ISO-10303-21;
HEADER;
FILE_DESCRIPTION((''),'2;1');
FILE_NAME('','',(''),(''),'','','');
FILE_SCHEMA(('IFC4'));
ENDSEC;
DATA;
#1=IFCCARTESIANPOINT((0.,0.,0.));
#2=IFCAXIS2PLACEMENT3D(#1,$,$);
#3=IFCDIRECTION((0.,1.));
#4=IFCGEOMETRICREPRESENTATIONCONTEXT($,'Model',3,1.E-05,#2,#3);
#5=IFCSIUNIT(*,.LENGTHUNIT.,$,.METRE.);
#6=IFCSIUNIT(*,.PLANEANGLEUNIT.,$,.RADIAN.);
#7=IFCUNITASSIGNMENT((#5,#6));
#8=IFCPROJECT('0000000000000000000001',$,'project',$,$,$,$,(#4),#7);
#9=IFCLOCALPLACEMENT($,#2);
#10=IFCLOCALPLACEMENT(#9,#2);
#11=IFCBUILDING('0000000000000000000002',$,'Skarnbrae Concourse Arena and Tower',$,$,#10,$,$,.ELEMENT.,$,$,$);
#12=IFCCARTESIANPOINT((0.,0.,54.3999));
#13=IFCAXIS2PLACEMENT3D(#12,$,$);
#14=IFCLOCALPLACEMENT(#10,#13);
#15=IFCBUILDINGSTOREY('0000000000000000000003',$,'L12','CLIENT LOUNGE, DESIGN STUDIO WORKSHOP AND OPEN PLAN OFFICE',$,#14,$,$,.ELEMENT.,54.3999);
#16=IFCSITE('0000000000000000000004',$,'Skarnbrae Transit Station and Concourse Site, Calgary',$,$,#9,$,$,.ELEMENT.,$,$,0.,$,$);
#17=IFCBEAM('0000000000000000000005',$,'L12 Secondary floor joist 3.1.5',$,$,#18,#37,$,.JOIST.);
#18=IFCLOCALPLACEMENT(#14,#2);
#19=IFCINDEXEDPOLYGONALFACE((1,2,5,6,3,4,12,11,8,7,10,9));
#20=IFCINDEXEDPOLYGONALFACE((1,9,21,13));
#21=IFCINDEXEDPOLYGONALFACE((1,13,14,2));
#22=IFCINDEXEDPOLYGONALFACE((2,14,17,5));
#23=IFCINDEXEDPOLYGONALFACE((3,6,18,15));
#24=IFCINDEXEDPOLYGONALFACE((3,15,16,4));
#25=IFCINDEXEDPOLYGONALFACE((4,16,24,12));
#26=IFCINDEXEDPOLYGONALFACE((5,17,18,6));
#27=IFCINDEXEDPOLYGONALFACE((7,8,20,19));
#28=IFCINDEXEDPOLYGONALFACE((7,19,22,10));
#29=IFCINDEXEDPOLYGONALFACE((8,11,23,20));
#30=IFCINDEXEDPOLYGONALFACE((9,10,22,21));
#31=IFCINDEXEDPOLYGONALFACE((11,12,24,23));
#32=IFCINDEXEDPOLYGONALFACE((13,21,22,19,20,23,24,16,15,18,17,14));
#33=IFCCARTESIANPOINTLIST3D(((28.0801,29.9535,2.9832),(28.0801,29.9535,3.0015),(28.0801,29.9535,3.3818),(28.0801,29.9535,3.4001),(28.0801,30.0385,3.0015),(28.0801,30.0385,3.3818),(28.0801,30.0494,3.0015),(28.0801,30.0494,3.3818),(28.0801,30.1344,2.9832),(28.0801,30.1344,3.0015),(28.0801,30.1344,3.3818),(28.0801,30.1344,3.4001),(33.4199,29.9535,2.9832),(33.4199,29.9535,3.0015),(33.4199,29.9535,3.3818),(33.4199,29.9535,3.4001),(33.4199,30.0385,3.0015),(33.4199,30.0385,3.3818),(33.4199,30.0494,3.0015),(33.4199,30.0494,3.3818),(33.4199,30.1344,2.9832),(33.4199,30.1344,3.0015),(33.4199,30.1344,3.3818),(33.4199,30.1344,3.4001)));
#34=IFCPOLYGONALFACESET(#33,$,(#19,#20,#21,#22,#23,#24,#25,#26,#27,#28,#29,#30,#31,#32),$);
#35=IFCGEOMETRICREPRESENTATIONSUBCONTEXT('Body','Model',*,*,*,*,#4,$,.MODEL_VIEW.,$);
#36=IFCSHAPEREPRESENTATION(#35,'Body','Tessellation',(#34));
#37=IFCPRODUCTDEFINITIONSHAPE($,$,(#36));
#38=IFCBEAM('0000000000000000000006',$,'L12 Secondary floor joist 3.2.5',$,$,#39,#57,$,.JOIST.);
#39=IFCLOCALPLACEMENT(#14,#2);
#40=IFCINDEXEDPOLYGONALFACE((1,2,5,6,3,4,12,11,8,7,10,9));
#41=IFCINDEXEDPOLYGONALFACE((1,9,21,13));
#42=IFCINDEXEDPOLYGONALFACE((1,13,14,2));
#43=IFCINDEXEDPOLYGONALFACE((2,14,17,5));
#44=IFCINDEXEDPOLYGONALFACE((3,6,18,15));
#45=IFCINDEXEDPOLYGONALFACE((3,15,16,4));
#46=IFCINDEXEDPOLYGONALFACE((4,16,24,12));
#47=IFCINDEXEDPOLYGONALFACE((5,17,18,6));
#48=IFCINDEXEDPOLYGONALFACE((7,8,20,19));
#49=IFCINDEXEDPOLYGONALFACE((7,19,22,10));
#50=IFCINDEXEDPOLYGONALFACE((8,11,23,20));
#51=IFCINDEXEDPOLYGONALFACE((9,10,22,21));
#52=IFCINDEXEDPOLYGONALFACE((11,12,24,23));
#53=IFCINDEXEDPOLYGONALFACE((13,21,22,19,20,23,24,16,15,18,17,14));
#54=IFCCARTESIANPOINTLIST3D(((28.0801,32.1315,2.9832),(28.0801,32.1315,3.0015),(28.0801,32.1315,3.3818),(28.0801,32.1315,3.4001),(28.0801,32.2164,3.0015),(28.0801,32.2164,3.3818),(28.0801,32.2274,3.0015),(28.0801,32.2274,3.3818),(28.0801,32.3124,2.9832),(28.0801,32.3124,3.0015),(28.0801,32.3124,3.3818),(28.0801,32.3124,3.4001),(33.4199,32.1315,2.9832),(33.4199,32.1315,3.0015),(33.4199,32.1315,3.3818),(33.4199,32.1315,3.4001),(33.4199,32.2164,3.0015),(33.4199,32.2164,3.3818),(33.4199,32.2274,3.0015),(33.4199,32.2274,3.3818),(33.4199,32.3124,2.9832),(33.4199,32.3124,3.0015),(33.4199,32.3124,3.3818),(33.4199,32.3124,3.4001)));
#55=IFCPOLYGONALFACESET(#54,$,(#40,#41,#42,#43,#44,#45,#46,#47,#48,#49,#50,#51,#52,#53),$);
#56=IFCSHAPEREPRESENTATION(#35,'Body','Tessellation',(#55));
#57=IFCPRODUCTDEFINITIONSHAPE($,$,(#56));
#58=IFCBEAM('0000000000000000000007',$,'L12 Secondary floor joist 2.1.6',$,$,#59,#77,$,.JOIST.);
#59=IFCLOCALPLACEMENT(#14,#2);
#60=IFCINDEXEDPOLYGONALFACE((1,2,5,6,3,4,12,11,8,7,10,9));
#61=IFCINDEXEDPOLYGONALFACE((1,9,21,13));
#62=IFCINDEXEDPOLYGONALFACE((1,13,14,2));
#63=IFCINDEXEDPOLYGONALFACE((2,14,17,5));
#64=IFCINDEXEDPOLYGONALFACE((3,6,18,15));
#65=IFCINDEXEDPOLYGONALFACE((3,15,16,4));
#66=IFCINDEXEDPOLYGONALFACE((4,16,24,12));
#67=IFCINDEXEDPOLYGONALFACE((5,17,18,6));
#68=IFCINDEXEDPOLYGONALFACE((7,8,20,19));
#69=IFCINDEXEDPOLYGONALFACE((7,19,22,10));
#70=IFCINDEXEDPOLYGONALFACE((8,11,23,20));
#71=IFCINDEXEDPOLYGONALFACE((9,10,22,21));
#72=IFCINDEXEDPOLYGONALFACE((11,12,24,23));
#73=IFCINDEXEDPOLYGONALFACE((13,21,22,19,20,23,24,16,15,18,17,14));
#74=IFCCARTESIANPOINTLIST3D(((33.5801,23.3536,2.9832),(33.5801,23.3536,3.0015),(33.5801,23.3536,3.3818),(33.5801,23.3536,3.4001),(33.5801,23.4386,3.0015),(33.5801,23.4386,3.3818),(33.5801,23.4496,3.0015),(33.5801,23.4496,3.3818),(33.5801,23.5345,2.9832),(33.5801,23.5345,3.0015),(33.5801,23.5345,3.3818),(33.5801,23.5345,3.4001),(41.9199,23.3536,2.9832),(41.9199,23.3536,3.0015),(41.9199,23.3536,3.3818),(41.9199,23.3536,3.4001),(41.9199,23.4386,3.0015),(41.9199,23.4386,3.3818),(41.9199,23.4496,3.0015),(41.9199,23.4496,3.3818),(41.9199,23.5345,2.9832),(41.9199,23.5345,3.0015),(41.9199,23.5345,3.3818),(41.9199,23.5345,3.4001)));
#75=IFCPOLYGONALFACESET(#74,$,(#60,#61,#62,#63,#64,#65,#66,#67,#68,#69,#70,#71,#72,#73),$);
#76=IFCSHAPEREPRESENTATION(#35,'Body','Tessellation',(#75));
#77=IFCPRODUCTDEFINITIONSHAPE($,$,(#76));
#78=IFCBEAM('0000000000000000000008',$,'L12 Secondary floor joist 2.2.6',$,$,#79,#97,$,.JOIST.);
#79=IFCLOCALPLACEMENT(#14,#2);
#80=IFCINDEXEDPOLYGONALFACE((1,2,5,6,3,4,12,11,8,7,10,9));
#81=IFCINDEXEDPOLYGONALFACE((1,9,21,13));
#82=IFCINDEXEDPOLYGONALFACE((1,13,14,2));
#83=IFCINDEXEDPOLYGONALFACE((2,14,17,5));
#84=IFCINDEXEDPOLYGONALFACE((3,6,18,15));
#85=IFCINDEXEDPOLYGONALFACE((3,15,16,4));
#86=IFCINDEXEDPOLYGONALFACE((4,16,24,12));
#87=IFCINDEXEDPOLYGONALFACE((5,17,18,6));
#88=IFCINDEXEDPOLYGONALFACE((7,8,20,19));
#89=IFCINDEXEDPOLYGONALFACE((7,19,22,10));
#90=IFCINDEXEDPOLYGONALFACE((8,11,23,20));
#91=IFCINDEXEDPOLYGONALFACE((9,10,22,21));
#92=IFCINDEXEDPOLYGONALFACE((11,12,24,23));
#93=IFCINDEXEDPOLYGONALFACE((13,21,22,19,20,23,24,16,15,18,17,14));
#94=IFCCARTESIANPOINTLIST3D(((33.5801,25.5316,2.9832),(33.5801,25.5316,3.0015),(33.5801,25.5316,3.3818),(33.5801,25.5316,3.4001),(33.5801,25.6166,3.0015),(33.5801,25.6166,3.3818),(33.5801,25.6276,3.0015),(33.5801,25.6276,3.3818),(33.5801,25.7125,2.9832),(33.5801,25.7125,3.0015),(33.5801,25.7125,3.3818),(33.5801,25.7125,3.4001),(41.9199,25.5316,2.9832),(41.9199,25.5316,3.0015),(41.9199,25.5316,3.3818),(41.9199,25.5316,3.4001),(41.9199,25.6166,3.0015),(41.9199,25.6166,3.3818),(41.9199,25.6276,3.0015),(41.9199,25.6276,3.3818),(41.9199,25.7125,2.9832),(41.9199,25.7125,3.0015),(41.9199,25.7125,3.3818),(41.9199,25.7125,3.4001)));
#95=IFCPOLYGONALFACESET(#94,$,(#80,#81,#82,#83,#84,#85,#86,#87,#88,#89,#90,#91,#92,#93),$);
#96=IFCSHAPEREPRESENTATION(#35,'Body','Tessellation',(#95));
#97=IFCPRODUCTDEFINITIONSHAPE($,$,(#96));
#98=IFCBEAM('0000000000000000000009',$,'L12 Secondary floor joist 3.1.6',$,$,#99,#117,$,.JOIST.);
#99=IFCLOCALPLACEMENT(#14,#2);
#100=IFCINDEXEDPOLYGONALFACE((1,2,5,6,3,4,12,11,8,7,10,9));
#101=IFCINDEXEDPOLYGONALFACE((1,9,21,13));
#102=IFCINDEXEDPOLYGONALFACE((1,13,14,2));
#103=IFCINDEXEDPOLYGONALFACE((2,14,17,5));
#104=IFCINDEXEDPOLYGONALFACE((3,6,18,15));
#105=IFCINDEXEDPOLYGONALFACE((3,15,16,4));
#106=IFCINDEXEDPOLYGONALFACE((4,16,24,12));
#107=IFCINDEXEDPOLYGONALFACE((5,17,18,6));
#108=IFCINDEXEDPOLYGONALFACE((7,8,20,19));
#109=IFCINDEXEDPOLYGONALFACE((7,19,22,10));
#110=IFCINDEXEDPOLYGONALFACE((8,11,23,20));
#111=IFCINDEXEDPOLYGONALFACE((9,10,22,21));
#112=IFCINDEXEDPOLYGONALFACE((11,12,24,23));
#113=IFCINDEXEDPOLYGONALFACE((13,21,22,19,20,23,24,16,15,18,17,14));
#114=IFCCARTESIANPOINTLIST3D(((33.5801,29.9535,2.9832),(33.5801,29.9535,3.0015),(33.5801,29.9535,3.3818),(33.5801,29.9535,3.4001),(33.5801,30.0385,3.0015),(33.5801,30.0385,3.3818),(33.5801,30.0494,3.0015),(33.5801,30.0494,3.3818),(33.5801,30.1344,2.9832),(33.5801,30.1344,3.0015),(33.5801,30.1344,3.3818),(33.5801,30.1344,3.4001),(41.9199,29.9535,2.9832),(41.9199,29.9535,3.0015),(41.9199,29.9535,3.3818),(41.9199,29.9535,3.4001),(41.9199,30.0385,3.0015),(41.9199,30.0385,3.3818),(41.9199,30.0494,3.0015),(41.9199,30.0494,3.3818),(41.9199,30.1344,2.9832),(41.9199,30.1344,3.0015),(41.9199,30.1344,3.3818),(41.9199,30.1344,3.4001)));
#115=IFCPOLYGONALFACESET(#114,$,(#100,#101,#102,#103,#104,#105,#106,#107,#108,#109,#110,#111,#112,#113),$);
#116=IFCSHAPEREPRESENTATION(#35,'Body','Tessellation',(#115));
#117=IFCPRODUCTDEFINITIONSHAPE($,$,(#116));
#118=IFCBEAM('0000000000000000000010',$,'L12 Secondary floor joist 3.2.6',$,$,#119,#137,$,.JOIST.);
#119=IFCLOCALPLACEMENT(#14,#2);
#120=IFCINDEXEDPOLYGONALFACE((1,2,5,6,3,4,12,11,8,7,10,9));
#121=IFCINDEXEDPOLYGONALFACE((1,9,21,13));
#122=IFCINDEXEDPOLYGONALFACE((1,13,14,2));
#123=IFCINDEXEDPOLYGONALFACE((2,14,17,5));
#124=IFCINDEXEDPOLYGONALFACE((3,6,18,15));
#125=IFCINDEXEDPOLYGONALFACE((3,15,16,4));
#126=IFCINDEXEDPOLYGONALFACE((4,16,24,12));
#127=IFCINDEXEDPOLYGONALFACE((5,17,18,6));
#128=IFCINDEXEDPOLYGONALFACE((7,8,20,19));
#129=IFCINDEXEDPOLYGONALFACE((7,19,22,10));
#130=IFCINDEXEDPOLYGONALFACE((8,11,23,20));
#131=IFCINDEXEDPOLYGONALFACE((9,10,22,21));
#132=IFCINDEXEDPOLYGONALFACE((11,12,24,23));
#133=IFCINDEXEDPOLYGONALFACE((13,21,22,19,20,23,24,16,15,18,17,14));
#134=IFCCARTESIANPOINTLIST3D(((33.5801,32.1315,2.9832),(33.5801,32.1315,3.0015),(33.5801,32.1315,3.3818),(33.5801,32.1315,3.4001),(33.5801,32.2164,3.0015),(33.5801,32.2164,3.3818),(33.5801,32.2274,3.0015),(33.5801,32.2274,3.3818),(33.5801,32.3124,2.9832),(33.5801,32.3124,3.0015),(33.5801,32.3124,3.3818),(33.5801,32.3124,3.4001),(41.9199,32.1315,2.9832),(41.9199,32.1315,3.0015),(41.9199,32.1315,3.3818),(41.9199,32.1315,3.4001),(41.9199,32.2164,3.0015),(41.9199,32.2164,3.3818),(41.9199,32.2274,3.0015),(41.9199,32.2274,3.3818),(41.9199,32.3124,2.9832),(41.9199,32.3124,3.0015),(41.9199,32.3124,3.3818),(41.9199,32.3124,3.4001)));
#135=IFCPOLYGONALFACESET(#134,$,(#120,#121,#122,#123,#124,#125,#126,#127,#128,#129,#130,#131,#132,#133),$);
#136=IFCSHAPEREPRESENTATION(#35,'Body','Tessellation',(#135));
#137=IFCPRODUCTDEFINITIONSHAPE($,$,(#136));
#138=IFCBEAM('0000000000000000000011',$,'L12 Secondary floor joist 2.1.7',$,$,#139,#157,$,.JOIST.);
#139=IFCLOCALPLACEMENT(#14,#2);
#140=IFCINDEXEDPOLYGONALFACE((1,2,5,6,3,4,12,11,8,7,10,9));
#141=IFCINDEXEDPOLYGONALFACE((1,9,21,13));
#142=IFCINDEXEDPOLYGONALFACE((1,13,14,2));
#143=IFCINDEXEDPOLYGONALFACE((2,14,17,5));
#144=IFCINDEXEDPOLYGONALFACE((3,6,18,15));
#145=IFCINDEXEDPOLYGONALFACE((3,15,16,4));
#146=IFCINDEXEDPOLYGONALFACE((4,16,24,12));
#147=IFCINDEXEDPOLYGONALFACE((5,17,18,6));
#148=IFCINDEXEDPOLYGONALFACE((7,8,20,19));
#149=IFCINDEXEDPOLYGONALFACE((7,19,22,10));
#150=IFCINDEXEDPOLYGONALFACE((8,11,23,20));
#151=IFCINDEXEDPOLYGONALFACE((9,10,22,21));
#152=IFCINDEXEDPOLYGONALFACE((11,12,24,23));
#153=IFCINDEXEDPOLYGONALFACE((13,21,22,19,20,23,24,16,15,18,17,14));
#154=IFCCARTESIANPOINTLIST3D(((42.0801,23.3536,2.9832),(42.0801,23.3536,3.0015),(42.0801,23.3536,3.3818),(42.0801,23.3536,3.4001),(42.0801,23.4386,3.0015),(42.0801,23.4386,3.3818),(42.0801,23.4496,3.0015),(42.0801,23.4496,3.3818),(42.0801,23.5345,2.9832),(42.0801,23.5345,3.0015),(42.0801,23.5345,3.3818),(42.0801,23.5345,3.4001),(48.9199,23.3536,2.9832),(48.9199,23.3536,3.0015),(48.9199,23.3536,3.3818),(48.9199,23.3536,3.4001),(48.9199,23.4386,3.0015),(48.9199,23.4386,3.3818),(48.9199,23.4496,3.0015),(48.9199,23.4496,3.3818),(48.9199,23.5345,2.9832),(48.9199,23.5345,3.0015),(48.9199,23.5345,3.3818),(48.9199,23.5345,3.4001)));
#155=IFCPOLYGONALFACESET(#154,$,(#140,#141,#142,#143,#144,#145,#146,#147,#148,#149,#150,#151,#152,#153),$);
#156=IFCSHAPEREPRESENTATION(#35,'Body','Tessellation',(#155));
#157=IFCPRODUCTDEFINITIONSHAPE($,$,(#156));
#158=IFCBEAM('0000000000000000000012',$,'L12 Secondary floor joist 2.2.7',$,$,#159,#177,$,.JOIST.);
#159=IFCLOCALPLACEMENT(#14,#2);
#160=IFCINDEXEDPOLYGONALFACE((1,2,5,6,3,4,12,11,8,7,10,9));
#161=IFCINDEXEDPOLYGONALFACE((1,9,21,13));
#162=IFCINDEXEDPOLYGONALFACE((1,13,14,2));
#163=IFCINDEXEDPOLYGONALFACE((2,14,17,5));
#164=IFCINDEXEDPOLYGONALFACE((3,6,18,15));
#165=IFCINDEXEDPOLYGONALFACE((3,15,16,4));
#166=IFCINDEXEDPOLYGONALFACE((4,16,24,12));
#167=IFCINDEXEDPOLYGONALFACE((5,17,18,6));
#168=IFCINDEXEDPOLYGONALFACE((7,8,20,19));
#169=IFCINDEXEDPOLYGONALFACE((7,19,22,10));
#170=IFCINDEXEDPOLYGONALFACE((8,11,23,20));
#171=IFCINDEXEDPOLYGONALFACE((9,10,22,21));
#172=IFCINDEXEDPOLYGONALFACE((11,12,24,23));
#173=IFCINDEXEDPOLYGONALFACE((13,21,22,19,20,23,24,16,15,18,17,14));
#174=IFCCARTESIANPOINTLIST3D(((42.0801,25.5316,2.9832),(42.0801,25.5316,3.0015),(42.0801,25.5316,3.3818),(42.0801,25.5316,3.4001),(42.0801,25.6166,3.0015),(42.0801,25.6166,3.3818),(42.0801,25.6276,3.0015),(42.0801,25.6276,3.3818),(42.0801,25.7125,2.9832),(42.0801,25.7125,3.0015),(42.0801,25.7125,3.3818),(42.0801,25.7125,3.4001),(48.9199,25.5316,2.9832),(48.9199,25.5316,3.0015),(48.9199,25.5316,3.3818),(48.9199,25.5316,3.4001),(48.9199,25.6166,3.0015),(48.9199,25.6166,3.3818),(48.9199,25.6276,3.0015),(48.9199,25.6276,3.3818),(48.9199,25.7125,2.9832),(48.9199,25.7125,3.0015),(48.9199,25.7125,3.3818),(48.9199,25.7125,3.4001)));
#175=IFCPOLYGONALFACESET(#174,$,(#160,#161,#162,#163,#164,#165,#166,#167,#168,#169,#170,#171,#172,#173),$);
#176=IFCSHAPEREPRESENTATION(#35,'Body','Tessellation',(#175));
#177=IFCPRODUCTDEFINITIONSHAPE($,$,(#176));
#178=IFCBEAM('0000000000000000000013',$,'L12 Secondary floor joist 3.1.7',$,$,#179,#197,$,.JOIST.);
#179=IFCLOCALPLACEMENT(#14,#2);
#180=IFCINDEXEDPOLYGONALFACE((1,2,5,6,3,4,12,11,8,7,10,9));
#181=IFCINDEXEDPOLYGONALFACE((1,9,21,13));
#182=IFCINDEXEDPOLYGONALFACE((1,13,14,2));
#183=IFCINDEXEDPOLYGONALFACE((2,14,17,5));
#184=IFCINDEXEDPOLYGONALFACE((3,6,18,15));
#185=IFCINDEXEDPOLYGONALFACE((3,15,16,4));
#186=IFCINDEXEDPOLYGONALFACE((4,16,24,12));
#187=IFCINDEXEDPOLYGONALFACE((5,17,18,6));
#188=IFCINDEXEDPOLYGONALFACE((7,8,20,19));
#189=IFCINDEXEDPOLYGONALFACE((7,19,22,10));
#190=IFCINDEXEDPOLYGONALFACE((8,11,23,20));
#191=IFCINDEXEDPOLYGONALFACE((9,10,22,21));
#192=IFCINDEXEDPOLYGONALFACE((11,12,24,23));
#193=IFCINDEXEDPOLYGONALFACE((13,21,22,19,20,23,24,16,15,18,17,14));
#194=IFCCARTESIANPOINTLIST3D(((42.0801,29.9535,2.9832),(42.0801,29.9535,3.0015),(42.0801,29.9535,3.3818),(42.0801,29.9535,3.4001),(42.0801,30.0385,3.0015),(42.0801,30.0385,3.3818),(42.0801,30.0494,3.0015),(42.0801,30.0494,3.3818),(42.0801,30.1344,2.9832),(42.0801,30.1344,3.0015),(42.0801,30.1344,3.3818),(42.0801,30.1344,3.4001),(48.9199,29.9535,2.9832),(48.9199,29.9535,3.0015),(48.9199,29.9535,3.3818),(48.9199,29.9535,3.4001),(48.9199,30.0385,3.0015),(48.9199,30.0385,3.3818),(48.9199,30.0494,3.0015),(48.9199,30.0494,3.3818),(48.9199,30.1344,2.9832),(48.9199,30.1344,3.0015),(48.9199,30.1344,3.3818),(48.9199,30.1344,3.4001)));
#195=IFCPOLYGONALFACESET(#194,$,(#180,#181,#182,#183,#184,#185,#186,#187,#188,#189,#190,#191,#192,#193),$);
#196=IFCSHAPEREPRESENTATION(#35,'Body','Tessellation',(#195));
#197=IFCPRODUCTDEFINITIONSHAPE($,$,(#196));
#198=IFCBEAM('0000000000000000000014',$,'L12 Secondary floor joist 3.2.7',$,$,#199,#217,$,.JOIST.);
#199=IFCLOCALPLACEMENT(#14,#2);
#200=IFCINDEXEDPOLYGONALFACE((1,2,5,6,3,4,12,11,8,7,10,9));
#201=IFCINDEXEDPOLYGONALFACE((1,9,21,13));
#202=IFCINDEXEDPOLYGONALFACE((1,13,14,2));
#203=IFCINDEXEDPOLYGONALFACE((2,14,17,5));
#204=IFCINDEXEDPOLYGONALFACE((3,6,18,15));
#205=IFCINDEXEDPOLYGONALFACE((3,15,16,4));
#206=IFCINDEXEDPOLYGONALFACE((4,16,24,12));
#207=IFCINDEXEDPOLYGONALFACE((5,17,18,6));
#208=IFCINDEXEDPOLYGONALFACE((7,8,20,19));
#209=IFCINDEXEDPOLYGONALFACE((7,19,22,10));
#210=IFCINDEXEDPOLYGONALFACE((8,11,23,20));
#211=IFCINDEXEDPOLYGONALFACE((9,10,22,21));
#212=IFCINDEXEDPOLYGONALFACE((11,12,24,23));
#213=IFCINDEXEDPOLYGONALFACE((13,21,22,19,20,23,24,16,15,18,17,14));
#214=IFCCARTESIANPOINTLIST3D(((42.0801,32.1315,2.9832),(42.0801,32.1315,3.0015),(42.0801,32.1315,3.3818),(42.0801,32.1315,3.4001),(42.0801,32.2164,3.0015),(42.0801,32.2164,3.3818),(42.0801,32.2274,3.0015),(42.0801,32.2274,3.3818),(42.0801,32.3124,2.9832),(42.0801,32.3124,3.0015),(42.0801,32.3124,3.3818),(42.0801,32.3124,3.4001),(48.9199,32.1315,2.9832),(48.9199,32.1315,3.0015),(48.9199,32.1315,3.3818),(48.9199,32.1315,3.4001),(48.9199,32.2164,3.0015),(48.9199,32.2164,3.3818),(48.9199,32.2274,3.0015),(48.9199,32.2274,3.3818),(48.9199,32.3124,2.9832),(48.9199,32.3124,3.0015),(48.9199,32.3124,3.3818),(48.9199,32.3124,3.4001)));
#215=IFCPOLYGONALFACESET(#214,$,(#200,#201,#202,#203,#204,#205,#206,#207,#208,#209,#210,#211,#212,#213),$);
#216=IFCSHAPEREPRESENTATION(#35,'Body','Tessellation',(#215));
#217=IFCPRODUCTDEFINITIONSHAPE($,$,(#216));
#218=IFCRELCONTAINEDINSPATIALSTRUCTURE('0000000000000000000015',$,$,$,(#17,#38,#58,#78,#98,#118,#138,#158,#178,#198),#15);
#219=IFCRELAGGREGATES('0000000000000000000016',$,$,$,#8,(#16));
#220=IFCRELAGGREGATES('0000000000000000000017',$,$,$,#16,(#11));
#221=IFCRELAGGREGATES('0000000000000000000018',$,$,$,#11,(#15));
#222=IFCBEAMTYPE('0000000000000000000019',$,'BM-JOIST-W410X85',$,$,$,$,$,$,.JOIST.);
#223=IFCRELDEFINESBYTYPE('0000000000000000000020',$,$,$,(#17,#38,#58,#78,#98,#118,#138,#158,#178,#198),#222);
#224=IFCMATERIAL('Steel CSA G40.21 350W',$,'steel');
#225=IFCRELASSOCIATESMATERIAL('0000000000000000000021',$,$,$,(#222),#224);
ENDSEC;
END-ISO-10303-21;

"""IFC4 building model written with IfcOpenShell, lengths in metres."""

from ifc_helpers import new_model, si_unit, direction, frame, origin, origin_2d, place, context, subcontext, project, spatial, i_section, extrude, source, transform, mapped, material, material_profile, profile_set, type_object, element, save


model = new_model("IFC4")

# Units and contexts
model_context = context("Model", 3, precision=1e-05, world=origin(), true_north=direction((0.0, 1.0)))
body_context = subcontext(model_context, "Body", "Model", "MODEL_VIEW")
ifc_project = project(units=[si_unit("LENGTHUNIT", "METRE"), si_unit("PLANEANGLEUNIT", "RADIAN")], contexts=[model_context])

# Site, building, storey
site_placement = place(None, origin())
site = spatial("IfcSite", under=ifc_project, at=site_placement, Name="Skarnbrae Transit Station and Concourse Site, Calgary", CompositionType="ELEMENT", RefElevation=0.0)
building_placement = place(site_placement, origin())
building = spatial("IfcBuilding", under=site, at=building_placement, Name="Skarnbrae Concourse Arena and Tower", CompositionType="ELEMENT")
storey_placement = place(building_placement, frame((0.0, 0.0, 54.3999)))
storey = spatial("IfcBuildingStorey", under=building, at=storey_placement, Name="L12", Description="CLIENT LOUNGE, DESIGN STUDIO WORKSHOP AND OPEN PLAN OFFICE", CompositionType="ELEMENT", Elevation=54.3999)

# Shared definitions
ifc_material_1 = material(Name="Steel CSA G40.21 350W", Category="steel")

# Beams
ifc_material_profile_1 = material_profile(ifc_material_1, i_section(OverallWidth=0.1809, OverallDepth=0.417, WebThickness=0.011, FlangeThickness=0.0183, at=origin_2d()), Name="W410X85")
ifc_profile_set_1 = profile_set([ifc_material_profile_1], Name="Steel CSA G40.21 350W")
beam_type_1 = type_object("IfcBeamType", Name="BM-JOIST-W410X85", PredefinedType="JOIST", material=ifc_profile_set_1)
shared_shape_1 = source(origin(), body_context, "Body", "SweptSolid", [
    extrude(i_section(OverallWidth=0.1809, OverallDepth=0.417, WebThickness=0.011, FlangeThickness=0.0183, at=origin_2d()), origin(), (0.0, 0.0, 1.0), 5.3398),
])
for number, where, z_axis, x_axis, name in (
    (1, (28.0801, 30.0439, 3.1917), (1.0, 0.0, 0.0), (0.0, 1.0, 0.0), "L12 Secondary floor joist 3.1.5"),
    (2, (28.0801, 32.2219, 3.1917), (1.0, 0.0, 0.0), (0.0, 1.0, 0.0), "L12 Secondary floor joist 3.2.5"),
):
    element("IfcBeam", number, at=place(storey_placement, frame(where, z_axis=z_axis, x_axis=x_axis)), inside=storey, type_object=beam_type_1, Name=name, PredefinedType="JOIST", context=body_context, shape_type="MappedRepresentation", body=[
        mapped(shared_shape_1, transform((0.0, 0.0, 0.0))),
    ])
shared_shape_2 = source(origin(), body_context, "Body", "SweptSolid", [
    extrude(i_section(OverallWidth=0.1809, OverallDepth=0.417, WebThickness=0.011, FlangeThickness=0.0183, at=origin_2d()), origin(), (0.0, 0.0, 1.0), 8.3398),
])
for number, where, z_axis, x_axis, name in (
    (3, (33.5801, 23.4441, 3.1917), (1.0, 0.0, 0.0), (0.0, 1.0, 0.0), "L12 Secondary floor joist 2.1.6"),
    (4, (33.5801, 25.6221, 3.1917), (1.0, 0.0, 0.0), (0.0, 1.0, 0.0), "L12 Secondary floor joist 2.2.6"),
    (5, (33.5801, 30.0439, 3.1917), (1.0, 0.0, 0.0), (0.0, 1.0, 0.0), "L12 Secondary floor joist 3.1.6"),
    (6, (33.5801, 32.2219, 3.1917), (1.0, 0.0, 0.0), (0.0, 1.0, 0.0), "L12 Secondary floor joist 3.2.6"),
):
    element("IfcBeam", number, at=place(storey_placement, frame(where, z_axis=z_axis, x_axis=x_axis)), inside=storey, type_object=beam_type_1, Name=name, PredefinedType="JOIST", context=body_context, shape_type="MappedRepresentation", body=[
        mapped(shared_shape_2, transform((0.0, 0.0, 0.0))),
    ])
shared_shape_3 = source(origin(), body_context, "Body", "SweptSolid", [
    extrude(i_section(OverallWidth=0.1809, OverallDepth=0.417, WebThickness=0.011, FlangeThickness=0.0183, at=origin_2d()), origin(), (0.0, 0.0, 1.0), 6.8398),
])
for number, where, z_axis, x_axis, name in (
    (7, (42.0801, 23.4441, 3.1917), (1.0, 0.0, 0.0), (0.0, 1.0, 0.0), "L12 Secondary floor joist 2.1.7"),
    (8, (42.0801, 25.6221, 3.1917), (1.0, 0.0, 0.0), (0.0, 1.0, 0.0), "L12 Secondary floor joist 2.2.7"),
    (9, (42.0801, 30.0439, 3.1917), (1.0, 0.0, 0.0), (0.0, 1.0, 0.0), "L12 Secondary floor joist 3.1.7"),
    (10, (42.0801, 32.2219, 3.1917), (1.0, 0.0, 0.0), (0.0, 1.0, 0.0), "L12 Secondary floor joist 3.2.7"),
):
    element("IfcBeam", number, at=place(storey_placement, frame(where, z_axis=z_axis, x_axis=x_axis)), inside=storey, type_object=beam_type_1, Name=name, PredefinedType="JOIST", context=body_context, shape_type="MappedRepresentation", body=[
        mapped(shared_shape_3, transform((0.0, 0.0, 0.0))),
    ])

save(model, "model.ifc")
